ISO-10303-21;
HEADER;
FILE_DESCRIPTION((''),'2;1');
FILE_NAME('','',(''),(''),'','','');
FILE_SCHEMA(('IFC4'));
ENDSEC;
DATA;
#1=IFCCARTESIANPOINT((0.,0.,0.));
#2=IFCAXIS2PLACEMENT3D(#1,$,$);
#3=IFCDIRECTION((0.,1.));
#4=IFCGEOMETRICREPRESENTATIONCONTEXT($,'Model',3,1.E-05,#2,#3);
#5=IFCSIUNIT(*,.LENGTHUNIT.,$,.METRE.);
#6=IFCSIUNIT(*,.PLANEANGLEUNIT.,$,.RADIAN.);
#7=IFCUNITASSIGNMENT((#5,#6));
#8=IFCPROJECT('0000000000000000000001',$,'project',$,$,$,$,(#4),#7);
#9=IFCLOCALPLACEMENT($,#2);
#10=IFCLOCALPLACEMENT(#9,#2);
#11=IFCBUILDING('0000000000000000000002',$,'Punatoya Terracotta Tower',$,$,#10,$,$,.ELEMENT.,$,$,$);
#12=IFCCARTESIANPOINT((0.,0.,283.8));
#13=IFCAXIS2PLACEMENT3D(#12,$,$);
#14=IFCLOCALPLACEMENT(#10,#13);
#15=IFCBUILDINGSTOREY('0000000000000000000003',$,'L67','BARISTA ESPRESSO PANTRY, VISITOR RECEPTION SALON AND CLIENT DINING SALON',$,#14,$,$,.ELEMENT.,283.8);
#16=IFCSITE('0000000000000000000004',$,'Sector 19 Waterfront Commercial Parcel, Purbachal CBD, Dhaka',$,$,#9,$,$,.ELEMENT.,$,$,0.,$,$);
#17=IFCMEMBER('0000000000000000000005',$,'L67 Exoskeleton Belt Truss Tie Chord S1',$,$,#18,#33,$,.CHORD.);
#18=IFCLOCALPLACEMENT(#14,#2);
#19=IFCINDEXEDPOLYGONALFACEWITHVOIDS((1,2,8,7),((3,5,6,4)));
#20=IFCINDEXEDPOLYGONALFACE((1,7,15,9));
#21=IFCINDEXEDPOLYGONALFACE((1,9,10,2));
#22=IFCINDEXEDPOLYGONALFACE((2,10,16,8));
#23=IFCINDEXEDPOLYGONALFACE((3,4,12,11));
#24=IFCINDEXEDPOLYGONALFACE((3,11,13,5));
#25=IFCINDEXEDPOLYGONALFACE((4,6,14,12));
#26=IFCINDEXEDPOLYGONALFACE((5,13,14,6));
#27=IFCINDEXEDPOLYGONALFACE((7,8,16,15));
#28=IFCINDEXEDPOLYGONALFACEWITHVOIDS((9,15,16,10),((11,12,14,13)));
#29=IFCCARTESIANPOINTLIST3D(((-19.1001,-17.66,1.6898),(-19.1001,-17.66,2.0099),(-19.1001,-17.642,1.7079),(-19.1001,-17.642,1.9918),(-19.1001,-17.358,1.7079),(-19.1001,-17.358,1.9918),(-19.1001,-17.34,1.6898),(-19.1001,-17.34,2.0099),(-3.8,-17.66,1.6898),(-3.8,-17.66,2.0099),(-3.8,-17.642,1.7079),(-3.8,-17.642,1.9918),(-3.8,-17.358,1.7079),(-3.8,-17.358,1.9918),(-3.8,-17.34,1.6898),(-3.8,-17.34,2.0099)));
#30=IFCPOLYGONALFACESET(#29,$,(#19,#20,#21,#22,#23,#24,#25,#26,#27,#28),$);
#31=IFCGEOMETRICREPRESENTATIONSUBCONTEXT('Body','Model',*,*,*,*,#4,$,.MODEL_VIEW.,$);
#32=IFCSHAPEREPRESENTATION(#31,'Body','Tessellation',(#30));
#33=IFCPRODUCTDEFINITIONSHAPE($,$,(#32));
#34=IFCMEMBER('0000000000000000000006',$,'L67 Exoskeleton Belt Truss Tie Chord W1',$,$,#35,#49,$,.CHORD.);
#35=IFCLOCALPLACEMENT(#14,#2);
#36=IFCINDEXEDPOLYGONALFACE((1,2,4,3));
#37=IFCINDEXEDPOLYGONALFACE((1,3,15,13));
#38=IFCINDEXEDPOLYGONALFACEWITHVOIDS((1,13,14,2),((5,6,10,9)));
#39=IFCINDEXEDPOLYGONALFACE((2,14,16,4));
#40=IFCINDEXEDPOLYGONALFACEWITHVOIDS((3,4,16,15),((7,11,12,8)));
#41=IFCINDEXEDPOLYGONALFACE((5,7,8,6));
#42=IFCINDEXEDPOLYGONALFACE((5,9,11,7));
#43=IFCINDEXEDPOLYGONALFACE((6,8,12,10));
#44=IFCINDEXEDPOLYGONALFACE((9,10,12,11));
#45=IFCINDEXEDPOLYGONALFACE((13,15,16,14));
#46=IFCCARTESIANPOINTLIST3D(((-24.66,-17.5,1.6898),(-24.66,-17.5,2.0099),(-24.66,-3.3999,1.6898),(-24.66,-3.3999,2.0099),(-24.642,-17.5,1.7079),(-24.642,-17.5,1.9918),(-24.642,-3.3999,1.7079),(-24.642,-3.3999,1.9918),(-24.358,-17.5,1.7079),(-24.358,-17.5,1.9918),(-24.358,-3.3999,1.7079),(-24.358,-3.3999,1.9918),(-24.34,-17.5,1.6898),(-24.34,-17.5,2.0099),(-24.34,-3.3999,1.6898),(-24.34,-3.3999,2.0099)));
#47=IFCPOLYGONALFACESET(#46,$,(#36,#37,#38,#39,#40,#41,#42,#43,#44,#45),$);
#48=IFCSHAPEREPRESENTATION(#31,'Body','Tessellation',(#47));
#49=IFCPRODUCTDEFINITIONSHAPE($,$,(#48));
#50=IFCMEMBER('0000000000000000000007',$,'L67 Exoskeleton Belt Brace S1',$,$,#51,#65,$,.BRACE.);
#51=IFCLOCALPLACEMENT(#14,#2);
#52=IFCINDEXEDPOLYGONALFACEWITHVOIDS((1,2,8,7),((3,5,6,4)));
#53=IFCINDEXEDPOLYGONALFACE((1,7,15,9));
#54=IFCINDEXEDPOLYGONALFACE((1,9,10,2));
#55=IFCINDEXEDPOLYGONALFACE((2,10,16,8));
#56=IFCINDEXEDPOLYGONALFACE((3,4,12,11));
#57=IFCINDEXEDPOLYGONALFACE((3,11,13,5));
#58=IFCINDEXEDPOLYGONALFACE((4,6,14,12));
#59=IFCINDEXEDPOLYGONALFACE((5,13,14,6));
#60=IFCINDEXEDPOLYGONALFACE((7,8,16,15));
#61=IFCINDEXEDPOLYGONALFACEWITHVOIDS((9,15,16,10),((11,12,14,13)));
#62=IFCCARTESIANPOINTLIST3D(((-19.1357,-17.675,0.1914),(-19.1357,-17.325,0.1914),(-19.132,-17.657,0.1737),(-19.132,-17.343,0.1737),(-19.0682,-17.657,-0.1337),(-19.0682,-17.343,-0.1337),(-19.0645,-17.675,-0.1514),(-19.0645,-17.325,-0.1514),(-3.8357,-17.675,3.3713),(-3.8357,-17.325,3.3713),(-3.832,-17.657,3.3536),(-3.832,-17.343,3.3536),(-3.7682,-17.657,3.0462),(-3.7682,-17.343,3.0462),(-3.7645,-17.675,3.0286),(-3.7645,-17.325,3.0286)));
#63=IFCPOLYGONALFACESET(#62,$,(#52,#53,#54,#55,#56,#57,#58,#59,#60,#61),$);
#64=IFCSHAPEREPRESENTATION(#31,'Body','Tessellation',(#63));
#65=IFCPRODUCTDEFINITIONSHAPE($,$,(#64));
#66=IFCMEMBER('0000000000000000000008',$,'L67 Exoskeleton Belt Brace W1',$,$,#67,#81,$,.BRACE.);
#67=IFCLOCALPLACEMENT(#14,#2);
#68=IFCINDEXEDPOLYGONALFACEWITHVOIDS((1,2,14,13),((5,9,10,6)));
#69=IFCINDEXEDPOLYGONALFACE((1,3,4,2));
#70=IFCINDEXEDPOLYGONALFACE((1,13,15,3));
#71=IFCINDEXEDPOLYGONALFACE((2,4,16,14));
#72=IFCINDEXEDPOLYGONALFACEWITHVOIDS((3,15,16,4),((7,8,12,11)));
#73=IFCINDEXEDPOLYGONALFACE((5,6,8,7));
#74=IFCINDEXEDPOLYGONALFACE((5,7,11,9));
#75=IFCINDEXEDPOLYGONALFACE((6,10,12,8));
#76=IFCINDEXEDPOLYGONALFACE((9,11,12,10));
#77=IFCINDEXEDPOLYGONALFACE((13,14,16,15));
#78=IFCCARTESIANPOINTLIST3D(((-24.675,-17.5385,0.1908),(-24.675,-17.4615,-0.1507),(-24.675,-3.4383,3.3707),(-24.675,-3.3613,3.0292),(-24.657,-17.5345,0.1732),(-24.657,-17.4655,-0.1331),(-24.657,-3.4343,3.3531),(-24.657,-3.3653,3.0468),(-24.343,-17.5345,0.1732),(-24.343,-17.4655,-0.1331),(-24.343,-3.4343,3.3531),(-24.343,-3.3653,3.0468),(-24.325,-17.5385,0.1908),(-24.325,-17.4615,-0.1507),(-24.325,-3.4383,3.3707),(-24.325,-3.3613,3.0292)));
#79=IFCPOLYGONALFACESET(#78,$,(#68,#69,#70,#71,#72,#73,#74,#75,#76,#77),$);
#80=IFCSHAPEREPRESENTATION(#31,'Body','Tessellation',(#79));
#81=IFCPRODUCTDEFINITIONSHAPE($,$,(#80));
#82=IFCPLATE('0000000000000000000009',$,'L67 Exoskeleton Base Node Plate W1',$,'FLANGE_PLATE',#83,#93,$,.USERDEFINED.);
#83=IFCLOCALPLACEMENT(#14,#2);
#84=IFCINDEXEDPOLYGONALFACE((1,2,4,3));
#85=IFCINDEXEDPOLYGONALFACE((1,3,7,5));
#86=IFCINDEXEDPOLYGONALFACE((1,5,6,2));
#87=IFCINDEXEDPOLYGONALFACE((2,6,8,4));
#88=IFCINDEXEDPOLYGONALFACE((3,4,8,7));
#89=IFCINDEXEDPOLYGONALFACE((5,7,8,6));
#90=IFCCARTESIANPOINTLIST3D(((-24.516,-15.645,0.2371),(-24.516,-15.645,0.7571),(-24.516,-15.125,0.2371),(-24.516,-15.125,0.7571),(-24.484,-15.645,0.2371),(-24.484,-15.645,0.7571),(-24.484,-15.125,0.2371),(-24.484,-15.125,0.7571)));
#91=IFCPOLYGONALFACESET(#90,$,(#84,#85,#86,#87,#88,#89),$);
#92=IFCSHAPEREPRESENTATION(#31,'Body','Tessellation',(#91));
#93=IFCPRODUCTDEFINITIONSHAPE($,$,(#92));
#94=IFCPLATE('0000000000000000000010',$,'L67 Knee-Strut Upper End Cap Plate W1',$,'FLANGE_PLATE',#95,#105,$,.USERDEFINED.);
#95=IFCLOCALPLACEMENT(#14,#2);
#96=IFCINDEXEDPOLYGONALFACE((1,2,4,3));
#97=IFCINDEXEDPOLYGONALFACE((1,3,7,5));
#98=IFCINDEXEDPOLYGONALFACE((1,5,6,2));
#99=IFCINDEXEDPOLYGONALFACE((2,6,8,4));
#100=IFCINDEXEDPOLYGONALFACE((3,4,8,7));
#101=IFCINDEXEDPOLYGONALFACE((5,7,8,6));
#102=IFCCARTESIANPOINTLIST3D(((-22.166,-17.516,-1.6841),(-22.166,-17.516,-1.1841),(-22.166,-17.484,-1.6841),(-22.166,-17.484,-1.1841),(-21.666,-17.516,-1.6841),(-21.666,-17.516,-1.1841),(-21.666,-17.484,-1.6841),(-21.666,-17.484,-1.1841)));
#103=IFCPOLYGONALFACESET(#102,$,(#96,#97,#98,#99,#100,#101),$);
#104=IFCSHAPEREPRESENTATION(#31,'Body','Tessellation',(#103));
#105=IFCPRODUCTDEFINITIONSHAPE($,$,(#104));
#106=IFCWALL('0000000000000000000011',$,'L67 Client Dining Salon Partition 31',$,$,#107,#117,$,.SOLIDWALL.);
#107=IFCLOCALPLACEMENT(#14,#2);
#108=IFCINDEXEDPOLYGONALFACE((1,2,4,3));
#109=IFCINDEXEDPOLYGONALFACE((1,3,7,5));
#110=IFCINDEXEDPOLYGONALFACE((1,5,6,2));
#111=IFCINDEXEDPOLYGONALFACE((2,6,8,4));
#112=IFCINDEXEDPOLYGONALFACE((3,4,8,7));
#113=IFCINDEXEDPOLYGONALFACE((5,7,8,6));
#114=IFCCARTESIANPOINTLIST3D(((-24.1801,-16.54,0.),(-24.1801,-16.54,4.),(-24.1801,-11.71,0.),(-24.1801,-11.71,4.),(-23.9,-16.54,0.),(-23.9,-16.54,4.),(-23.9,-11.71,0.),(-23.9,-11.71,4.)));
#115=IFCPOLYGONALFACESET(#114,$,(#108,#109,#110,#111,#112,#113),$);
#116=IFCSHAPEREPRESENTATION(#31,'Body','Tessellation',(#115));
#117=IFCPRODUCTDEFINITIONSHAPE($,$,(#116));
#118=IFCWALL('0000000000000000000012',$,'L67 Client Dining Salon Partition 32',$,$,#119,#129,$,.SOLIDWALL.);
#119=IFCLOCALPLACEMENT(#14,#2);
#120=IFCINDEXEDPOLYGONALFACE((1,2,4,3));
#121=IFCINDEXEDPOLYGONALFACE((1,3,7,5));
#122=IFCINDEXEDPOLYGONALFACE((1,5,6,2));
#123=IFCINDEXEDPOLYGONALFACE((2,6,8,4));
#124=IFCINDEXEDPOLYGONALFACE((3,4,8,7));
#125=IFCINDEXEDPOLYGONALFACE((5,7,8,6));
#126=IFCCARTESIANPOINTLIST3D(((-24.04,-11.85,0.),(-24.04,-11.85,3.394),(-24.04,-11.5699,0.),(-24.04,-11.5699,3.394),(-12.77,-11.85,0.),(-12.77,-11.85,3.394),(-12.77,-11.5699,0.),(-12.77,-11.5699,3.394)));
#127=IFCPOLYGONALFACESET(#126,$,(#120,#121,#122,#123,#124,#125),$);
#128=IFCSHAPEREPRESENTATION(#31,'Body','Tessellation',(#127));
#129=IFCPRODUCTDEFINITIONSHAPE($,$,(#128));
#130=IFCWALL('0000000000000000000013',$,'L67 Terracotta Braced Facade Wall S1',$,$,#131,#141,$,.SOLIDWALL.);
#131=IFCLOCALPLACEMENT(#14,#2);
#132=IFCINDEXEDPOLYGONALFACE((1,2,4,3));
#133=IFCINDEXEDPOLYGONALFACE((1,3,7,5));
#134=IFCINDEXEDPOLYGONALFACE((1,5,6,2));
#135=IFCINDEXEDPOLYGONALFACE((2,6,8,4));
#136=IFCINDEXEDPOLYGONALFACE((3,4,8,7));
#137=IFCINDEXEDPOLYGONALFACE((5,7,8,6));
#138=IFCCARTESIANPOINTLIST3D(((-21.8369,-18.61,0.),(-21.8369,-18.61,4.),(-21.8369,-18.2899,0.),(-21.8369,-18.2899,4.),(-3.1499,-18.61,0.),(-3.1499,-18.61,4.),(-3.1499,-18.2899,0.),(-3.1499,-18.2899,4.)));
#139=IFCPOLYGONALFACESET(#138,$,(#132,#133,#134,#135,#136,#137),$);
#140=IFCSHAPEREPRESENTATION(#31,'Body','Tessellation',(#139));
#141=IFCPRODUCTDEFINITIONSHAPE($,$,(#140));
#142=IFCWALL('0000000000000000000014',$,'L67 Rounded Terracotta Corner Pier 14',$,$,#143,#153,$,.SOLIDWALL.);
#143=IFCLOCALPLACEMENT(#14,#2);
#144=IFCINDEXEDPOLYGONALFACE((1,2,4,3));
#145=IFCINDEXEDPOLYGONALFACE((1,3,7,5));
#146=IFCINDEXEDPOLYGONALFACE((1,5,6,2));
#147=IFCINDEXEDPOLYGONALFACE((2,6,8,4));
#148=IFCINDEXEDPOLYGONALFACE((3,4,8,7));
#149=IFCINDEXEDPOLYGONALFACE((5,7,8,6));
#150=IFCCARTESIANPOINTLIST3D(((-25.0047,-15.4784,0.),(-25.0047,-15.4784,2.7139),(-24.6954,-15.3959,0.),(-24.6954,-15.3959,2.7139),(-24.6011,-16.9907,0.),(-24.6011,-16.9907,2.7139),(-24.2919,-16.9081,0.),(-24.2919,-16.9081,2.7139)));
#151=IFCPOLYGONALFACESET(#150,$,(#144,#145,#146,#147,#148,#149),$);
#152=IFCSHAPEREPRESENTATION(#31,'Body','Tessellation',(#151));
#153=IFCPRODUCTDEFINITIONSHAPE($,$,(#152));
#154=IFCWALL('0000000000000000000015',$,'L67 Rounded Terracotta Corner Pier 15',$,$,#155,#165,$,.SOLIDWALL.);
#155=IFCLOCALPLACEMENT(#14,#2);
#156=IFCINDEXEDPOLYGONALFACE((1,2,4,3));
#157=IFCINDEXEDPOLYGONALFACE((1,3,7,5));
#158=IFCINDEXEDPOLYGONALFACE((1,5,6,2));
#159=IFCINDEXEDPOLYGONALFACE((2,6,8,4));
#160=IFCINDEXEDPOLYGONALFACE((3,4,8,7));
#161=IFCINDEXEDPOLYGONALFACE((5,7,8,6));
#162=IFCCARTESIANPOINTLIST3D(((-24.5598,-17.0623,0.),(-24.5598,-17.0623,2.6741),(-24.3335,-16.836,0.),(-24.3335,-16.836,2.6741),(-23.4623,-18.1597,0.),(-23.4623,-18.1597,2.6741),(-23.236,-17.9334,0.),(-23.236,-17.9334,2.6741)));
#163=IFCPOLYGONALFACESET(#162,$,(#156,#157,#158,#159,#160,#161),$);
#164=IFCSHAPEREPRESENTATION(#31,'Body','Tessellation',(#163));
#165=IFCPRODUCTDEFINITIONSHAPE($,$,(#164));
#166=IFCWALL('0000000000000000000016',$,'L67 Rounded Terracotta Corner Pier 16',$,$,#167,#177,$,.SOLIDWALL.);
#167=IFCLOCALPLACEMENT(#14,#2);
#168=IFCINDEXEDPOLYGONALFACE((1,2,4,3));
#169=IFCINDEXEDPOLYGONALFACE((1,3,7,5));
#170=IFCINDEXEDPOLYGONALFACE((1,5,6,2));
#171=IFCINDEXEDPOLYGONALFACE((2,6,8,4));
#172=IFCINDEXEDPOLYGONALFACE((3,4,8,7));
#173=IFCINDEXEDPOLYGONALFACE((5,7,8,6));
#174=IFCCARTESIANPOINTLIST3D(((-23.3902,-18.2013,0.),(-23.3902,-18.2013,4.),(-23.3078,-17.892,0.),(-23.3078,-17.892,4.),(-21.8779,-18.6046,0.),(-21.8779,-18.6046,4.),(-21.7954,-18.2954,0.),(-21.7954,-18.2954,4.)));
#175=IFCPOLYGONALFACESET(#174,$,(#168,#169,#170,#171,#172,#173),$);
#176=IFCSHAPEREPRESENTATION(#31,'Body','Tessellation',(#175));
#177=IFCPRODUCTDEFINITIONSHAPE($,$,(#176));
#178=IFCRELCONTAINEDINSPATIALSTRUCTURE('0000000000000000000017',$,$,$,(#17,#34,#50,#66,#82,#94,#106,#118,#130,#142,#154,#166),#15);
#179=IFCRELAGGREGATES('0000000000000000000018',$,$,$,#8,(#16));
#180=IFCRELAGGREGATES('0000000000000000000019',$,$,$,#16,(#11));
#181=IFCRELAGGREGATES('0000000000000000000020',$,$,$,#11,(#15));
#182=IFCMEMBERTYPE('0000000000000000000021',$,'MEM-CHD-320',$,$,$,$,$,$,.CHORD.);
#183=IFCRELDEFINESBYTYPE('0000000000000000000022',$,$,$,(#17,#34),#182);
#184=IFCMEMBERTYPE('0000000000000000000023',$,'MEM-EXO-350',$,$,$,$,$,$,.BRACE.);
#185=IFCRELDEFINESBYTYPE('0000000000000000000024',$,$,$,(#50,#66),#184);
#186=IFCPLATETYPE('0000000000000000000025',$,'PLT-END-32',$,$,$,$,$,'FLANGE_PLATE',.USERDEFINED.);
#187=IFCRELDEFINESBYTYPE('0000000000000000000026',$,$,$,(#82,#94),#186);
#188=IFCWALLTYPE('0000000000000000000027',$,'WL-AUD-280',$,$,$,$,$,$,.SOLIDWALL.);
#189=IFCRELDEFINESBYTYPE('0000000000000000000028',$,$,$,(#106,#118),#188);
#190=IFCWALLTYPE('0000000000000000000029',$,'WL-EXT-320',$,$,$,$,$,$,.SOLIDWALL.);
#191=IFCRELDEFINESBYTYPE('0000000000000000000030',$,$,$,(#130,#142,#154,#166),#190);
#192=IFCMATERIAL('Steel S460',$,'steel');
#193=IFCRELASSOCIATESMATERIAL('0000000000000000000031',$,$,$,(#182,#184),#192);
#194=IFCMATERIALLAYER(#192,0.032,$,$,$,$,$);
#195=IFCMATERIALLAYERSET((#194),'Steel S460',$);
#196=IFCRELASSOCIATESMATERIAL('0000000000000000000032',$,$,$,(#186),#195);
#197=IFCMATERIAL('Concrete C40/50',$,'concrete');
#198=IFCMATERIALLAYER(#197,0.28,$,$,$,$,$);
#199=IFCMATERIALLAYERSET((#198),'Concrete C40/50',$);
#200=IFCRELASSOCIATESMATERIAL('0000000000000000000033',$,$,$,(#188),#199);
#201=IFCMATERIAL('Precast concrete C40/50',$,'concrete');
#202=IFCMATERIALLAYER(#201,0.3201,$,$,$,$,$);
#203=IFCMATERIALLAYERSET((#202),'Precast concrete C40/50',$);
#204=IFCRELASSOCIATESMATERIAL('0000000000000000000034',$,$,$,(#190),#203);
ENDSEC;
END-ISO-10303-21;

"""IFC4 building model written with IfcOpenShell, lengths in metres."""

from ifc_helpers import new_model, si_unit, direction, frame, frame_2d, origin, origin_2d, place, context, subcontext, project, spatial, rectangle, hollow_rectangle, extrude, material, layer, layer_set, material_profile, profile_set, type_object, element, save


model = new_model("IFC4")

# Units and contexts
model_context = context("Model", 3, precision=1e-05, world=origin(), true_north=direction((0.0, 1.0)))
body_context = subcontext(model_context, "Body", "Model", "MODEL_VIEW")
ifc_project = project(units=[si_unit("LENGTHUNIT", "METRE"), si_unit("PLANEANGLEUNIT", "RADIAN")], contexts=[model_context])

# Site, building, storey
site_placement = place(None, origin())
site = spatial("IfcSite", under=ifc_project, at=site_placement, Name="Sector 19 Waterfront Commercial Parcel, Purbachal CBD, Dhaka", CompositionType="ELEMENT", RefElevation=0.0)
building_placement = place(site_placement, origin())
building = spatial("IfcBuilding", under=site, at=building_placement, Name="Punatoya Terracotta Tower", CompositionType="ELEMENT")
storey_placement = place(building_placement, frame((0.0, 0.0, 283.8)))
storey = spatial("IfcBuildingStorey", under=building, at=storey_placement, Name="L67", Description="BARISTA ESPRESSO PANTRY, VISITOR RECEPTION SALON AND CLIENT DINING SALON", CompositionType="ELEMENT", Elevation=283.8)

# Shared definitions
ifc_material_1 = material(Name="Steel S460", Category="steel")

# Members
ifc_material_profile_1 = material_profile(ifc_material_1, hollow_rectangle(XDim=0.3201, YDim=0.3201, WallThickness=0.0181, at=origin_2d()))
ifc_profile_set_1 = profile_set([ifc_material_profile_1], Name="Steel S460")
member_type_1 = type_object("IfcMemberType", Name="MEM-CHD-320", PredefinedType="CHORD", material=ifc_profile_set_1)
member_1_placement = place(storey_placement, frame((-19.1001, -17.5, 1.8499), z_axis=(1.0, 0.0, 0.0), x_axis=(0.0, 1.0, 0.0)))
element("IfcMember", 1, at=member_1_placement, inside=storey, type_object=member_type_1, Name="L67 Exoskeleton Belt Truss Tie Chord S1", PredefinedType="CHORD", context=body_context, shape_type="SweptSolid", body=[
    extrude(hollow_rectangle(XDim=0.3201, YDim=0.3201, WallThickness=0.0181, at=origin_2d()), origin(), (0.0, 0.0, 1.0), 15.3),
])
member_2_placement = place(storey_placement, frame((-24.5, -17.5, 1.8499), z_axis=(0.0, 1.0, 0.0), x_axis=(-1.0, 0.0, 0.0)))
element("IfcMember", 2, at=member_2_placement, inside=storey, type_object=member_type_1, Name="L67 Exoskeleton Belt Truss Tie Chord W1", PredefinedType="CHORD", context=body_context, shape_type="SweptSolid", body=[
    extrude(hollow_rectangle(XDim=0.3201, YDim=0.3201, WallThickness=0.0181, at=origin_2d()), origin(), (0.0, 0.0, 1.0), 14.1001),
])
ifc_material_profile_2 = material_profile(ifc_material_1, hollow_rectangle(XDim=0.3501, YDim=0.3501, WallThickness=0.0181, at=origin_2d()))
ifc_profile_set_2 = profile_set([ifc_material_profile_2], Name="Steel S460")
member_type_2 = type_object("IfcMemberType", Name="MEM-EXO-350", PredefinedType="BRACE", material=ifc_profile_set_2)
member_3_placement = place(storey_placement, frame((-19.1001, -17.5, 0.02), z_axis=(0.979077, 0.0, 0.203489), x_axis=(0.0, 1.0, 0.0)))
element("IfcMember", 3, at=member_3_placement, inside=storey, type_object=member_type_2, Name="L67 Exoskeleton Belt Brace S1", PredefinedType="BRACE", context=body_context, shape_type="SweptSolid", body=[
    extrude(hollow_rectangle(XDim=0.3501, YDim=0.3501, WallThickness=0.0181, at=origin_2d()), origin(), (0.0, 0.0, 1.0), 15.627),
])
member_4_placement = place(storey_placement, frame((-24.5, -17.5, 0.02), z_axis=(0.0, 0.9755, 0.22), x_axis=(-1.0, 0.0, 0.0)))
element("IfcMember", 4, at=member_4_placement, inside=storey, type_object=member_type_2, Name="L67 Exoskeleton Belt Brace W1", PredefinedType="BRACE", context=body_context, shape_type="SweptSolid", body=[
    extrude(hollow_rectangle(XDim=0.3501, YDim=0.3501, WallThickness=0.0181, at=origin_2d()), origin(), (0.0, 0.0, 1.0), 14.4543),
])

# Plates
ifc_layer_1 = layer(ifc_material_1, 0.032)
ifc_layer_set_1 = layer_set([ifc_layer_1], Name="Steel S460")
plate_type = type_object("IfcPlateType", Name="PLT-END-32", ElementType="FLANGE_PLATE", PredefinedType="USERDEFINED", material=ifc_layer_set_1)
plate_1_placement = place(storey_placement, frame((-24.5, -15.385, 0.2371), z_axis=(0.0, 0.0, 1.0), x_axis=(0.0, 1.0, 0.0)))
element("IfcPlate", 5, at=plate_1_placement, inside=storey, type_object=plate_type, Name="L67 Exoskeleton Base Node Plate W1", ObjectType="FLANGE_PLATE", PredefinedType="USERDEFINED", context=body_context, shape_type="SweptSolid", body=[
    extrude(rectangle(XDim=0.52, YDim=0.032, at=origin_2d()), origin(), (0.0, 0.0, 1.0), 0.52),
])
plate_2_placement = place(storey_placement, frame((-21.916, -17.5, -1.6841), z_axis=(0.0, 0.0, 1.0), x_axis=(1.0, 0.0, 0.0)))
element("IfcPlate", 6, at=plate_2_placement, inside=storey, type_object=plate_type, Name="L67 Knee-Strut Upper End Cap Plate W1", ObjectType="FLANGE_PLATE", PredefinedType="USERDEFINED", context=body_context, shape_type="SweptSolid", body=[
    extrude(rectangle(XDim=0.5, YDim=0.032, at=origin_2d()), origin(), (0.0, 0.0, 1.0), 0.5),
])

# Walls
ifc_material_2 = material(Name="Concrete C40/50", Category="concrete")
ifc_layer_2 = layer(ifc_material_2, 0.28)
ifc_layer_set_2 = layer_set([ifc_layer_2], Name="Concrete C40/50")
wall_type_1 = type_object("IfcWallType", Name="WL-AUD-280", PredefinedType="SOLIDWALL", material=ifc_layer_set_2)
wall_1_placement = place(storey_placement, frame((-24.04, -16.54, 0.0), z_axis=(0.0, 0.0, 1.0), x_axis=(0.0, 1.0, 0.0)))
element("IfcWall", 7, at=wall_1_placement, inside=storey, type_object=wall_type_1, Name="L67 Client Dining Salon Partition 31", PredefinedType="SOLIDWALL", context=body_context, shape_type="SweptSolid", body=[
    extrude(rectangle(XDim=4.8301, YDim=0.28, at=frame_2d((2.415, 0.0))), origin(), (0.0, 0.0, 1.0), 4.0),
])
wall_2_placement = place(storey_placement, frame((-24.04, -11.71, 0.0), z_axis=(0.0, 0.0, 1.0), x_axis=(1.0, 0.0, 0.0)))
element("IfcWall", 8, at=wall_2_placement, inside=storey, type_object=wall_type_1, Name="L67 Client Dining Salon Partition 32", PredefinedType="SOLIDWALL", context=body_context, shape_type="SweptSolid", body=[
    extrude(rectangle(XDim=11.27, YDim=0.28, at=frame_2d((5.635, 0.0))), origin(), (0.0, 0.0, 1.0), 3.394),
])
ifc_material_3 = material(Name="Precast concrete C40/50", Category="concrete")
ifc_layer_3 = layer(ifc_material_3, 0.3201)
ifc_layer_set_3 = layer_set([ifc_layer_3], Name="Precast concrete C40/50")
wall_type_2 = type_object("IfcWallType", Name="WL-EXT-320", PredefinedType="SOLIDWALL", material=ifc_layer_set_3)
wall_3_placement = place(storey_placement, frame((-21.8369, -18.45, 0.0), z_axis=(0.0, 0.0, 1.0), x_axis=(1.0, 0.0, 0.0)))
element("IfcWall", 9, at=wall_3_placement, inside=storey, type_object=wall_type_2, Name="L67 Terracotta Braced Facade Wall S1", PredefinedType="SOLIDWALL", context=body_context, shape_type="SweptSolid", body=[
    extrude(rectangle(XDim=18.687, YDim=0.3201, at=frame_2d((9.3435, 0.0))), origin(), (0.0, 0.0, 1.0), 4.0),
])
wall_4_placement = place(storey_placement, frame((-24.8501, -15.437, 0.0), z_axis=(0.0, 0.0, 1.0), x_axis=(0.257847, -0.966186, 0.0)))
element("IfcWall", 10, at=wall_4_placement, inside=storey, type_object=wall_type_2, Name="L67 Rounded Terracotta Corner Pier 14", PredefinedType="SOLIDWALL", context=body_context, shape_type="SweptSolid", body=[
    extrude(rectangle(XDim=1.5652, YDim=0.3201, at=frame_2d((0.7827, 0.0))), origin(), (0.0, 0.0, 1.0), 2.7139),
])
wall_5_placement = place(storey_placement, frame((-24.4465, -16.9492, 0.0), z_axis=(0.0, 0.0, 1.0), x_axis=(0.707107, -0.707107, 0.0)))
element("IfcWall", 11, at=wall_5_placement, inside=storey, type_object=wall_type_2, Name="L67 Rounded Terracotta Corner Pier 15", PredefinedType="SOLIDWALL", context=body_context, shape_type="SweptSolid", body=[
    extrude(rectangle(XDim=1.552, YDim=0.3201, at=frame_2d((0.7759, 0.0))), origin(), (0.0, 0.0, 1.0), 2.6741),
])
wall_6_placement = place(storey_placement, frame((-23.3491, -18.0466, 0.0), z_axis=(0.0, 0.0, 1.0), x_axis=(0.966225, -0.257701, 0.0)))
element("IfcWall", 12, at=wall_6_placement, inside=storey, type_object=wall_type_2, Name="L67 Rounded Terracotta Corner Pier 16", PredefinedType="SOLIDWALL", context=body_context, shape_type="SweptSolid", body=[
    extrude(rectangle(XDim=1.5652, YDim=0.3201, at=frame_2d((0.7827, 0.0))), origin(), (0.0, 0.0, 1.0), 4.0),
])

save(model, "model.ifc")
